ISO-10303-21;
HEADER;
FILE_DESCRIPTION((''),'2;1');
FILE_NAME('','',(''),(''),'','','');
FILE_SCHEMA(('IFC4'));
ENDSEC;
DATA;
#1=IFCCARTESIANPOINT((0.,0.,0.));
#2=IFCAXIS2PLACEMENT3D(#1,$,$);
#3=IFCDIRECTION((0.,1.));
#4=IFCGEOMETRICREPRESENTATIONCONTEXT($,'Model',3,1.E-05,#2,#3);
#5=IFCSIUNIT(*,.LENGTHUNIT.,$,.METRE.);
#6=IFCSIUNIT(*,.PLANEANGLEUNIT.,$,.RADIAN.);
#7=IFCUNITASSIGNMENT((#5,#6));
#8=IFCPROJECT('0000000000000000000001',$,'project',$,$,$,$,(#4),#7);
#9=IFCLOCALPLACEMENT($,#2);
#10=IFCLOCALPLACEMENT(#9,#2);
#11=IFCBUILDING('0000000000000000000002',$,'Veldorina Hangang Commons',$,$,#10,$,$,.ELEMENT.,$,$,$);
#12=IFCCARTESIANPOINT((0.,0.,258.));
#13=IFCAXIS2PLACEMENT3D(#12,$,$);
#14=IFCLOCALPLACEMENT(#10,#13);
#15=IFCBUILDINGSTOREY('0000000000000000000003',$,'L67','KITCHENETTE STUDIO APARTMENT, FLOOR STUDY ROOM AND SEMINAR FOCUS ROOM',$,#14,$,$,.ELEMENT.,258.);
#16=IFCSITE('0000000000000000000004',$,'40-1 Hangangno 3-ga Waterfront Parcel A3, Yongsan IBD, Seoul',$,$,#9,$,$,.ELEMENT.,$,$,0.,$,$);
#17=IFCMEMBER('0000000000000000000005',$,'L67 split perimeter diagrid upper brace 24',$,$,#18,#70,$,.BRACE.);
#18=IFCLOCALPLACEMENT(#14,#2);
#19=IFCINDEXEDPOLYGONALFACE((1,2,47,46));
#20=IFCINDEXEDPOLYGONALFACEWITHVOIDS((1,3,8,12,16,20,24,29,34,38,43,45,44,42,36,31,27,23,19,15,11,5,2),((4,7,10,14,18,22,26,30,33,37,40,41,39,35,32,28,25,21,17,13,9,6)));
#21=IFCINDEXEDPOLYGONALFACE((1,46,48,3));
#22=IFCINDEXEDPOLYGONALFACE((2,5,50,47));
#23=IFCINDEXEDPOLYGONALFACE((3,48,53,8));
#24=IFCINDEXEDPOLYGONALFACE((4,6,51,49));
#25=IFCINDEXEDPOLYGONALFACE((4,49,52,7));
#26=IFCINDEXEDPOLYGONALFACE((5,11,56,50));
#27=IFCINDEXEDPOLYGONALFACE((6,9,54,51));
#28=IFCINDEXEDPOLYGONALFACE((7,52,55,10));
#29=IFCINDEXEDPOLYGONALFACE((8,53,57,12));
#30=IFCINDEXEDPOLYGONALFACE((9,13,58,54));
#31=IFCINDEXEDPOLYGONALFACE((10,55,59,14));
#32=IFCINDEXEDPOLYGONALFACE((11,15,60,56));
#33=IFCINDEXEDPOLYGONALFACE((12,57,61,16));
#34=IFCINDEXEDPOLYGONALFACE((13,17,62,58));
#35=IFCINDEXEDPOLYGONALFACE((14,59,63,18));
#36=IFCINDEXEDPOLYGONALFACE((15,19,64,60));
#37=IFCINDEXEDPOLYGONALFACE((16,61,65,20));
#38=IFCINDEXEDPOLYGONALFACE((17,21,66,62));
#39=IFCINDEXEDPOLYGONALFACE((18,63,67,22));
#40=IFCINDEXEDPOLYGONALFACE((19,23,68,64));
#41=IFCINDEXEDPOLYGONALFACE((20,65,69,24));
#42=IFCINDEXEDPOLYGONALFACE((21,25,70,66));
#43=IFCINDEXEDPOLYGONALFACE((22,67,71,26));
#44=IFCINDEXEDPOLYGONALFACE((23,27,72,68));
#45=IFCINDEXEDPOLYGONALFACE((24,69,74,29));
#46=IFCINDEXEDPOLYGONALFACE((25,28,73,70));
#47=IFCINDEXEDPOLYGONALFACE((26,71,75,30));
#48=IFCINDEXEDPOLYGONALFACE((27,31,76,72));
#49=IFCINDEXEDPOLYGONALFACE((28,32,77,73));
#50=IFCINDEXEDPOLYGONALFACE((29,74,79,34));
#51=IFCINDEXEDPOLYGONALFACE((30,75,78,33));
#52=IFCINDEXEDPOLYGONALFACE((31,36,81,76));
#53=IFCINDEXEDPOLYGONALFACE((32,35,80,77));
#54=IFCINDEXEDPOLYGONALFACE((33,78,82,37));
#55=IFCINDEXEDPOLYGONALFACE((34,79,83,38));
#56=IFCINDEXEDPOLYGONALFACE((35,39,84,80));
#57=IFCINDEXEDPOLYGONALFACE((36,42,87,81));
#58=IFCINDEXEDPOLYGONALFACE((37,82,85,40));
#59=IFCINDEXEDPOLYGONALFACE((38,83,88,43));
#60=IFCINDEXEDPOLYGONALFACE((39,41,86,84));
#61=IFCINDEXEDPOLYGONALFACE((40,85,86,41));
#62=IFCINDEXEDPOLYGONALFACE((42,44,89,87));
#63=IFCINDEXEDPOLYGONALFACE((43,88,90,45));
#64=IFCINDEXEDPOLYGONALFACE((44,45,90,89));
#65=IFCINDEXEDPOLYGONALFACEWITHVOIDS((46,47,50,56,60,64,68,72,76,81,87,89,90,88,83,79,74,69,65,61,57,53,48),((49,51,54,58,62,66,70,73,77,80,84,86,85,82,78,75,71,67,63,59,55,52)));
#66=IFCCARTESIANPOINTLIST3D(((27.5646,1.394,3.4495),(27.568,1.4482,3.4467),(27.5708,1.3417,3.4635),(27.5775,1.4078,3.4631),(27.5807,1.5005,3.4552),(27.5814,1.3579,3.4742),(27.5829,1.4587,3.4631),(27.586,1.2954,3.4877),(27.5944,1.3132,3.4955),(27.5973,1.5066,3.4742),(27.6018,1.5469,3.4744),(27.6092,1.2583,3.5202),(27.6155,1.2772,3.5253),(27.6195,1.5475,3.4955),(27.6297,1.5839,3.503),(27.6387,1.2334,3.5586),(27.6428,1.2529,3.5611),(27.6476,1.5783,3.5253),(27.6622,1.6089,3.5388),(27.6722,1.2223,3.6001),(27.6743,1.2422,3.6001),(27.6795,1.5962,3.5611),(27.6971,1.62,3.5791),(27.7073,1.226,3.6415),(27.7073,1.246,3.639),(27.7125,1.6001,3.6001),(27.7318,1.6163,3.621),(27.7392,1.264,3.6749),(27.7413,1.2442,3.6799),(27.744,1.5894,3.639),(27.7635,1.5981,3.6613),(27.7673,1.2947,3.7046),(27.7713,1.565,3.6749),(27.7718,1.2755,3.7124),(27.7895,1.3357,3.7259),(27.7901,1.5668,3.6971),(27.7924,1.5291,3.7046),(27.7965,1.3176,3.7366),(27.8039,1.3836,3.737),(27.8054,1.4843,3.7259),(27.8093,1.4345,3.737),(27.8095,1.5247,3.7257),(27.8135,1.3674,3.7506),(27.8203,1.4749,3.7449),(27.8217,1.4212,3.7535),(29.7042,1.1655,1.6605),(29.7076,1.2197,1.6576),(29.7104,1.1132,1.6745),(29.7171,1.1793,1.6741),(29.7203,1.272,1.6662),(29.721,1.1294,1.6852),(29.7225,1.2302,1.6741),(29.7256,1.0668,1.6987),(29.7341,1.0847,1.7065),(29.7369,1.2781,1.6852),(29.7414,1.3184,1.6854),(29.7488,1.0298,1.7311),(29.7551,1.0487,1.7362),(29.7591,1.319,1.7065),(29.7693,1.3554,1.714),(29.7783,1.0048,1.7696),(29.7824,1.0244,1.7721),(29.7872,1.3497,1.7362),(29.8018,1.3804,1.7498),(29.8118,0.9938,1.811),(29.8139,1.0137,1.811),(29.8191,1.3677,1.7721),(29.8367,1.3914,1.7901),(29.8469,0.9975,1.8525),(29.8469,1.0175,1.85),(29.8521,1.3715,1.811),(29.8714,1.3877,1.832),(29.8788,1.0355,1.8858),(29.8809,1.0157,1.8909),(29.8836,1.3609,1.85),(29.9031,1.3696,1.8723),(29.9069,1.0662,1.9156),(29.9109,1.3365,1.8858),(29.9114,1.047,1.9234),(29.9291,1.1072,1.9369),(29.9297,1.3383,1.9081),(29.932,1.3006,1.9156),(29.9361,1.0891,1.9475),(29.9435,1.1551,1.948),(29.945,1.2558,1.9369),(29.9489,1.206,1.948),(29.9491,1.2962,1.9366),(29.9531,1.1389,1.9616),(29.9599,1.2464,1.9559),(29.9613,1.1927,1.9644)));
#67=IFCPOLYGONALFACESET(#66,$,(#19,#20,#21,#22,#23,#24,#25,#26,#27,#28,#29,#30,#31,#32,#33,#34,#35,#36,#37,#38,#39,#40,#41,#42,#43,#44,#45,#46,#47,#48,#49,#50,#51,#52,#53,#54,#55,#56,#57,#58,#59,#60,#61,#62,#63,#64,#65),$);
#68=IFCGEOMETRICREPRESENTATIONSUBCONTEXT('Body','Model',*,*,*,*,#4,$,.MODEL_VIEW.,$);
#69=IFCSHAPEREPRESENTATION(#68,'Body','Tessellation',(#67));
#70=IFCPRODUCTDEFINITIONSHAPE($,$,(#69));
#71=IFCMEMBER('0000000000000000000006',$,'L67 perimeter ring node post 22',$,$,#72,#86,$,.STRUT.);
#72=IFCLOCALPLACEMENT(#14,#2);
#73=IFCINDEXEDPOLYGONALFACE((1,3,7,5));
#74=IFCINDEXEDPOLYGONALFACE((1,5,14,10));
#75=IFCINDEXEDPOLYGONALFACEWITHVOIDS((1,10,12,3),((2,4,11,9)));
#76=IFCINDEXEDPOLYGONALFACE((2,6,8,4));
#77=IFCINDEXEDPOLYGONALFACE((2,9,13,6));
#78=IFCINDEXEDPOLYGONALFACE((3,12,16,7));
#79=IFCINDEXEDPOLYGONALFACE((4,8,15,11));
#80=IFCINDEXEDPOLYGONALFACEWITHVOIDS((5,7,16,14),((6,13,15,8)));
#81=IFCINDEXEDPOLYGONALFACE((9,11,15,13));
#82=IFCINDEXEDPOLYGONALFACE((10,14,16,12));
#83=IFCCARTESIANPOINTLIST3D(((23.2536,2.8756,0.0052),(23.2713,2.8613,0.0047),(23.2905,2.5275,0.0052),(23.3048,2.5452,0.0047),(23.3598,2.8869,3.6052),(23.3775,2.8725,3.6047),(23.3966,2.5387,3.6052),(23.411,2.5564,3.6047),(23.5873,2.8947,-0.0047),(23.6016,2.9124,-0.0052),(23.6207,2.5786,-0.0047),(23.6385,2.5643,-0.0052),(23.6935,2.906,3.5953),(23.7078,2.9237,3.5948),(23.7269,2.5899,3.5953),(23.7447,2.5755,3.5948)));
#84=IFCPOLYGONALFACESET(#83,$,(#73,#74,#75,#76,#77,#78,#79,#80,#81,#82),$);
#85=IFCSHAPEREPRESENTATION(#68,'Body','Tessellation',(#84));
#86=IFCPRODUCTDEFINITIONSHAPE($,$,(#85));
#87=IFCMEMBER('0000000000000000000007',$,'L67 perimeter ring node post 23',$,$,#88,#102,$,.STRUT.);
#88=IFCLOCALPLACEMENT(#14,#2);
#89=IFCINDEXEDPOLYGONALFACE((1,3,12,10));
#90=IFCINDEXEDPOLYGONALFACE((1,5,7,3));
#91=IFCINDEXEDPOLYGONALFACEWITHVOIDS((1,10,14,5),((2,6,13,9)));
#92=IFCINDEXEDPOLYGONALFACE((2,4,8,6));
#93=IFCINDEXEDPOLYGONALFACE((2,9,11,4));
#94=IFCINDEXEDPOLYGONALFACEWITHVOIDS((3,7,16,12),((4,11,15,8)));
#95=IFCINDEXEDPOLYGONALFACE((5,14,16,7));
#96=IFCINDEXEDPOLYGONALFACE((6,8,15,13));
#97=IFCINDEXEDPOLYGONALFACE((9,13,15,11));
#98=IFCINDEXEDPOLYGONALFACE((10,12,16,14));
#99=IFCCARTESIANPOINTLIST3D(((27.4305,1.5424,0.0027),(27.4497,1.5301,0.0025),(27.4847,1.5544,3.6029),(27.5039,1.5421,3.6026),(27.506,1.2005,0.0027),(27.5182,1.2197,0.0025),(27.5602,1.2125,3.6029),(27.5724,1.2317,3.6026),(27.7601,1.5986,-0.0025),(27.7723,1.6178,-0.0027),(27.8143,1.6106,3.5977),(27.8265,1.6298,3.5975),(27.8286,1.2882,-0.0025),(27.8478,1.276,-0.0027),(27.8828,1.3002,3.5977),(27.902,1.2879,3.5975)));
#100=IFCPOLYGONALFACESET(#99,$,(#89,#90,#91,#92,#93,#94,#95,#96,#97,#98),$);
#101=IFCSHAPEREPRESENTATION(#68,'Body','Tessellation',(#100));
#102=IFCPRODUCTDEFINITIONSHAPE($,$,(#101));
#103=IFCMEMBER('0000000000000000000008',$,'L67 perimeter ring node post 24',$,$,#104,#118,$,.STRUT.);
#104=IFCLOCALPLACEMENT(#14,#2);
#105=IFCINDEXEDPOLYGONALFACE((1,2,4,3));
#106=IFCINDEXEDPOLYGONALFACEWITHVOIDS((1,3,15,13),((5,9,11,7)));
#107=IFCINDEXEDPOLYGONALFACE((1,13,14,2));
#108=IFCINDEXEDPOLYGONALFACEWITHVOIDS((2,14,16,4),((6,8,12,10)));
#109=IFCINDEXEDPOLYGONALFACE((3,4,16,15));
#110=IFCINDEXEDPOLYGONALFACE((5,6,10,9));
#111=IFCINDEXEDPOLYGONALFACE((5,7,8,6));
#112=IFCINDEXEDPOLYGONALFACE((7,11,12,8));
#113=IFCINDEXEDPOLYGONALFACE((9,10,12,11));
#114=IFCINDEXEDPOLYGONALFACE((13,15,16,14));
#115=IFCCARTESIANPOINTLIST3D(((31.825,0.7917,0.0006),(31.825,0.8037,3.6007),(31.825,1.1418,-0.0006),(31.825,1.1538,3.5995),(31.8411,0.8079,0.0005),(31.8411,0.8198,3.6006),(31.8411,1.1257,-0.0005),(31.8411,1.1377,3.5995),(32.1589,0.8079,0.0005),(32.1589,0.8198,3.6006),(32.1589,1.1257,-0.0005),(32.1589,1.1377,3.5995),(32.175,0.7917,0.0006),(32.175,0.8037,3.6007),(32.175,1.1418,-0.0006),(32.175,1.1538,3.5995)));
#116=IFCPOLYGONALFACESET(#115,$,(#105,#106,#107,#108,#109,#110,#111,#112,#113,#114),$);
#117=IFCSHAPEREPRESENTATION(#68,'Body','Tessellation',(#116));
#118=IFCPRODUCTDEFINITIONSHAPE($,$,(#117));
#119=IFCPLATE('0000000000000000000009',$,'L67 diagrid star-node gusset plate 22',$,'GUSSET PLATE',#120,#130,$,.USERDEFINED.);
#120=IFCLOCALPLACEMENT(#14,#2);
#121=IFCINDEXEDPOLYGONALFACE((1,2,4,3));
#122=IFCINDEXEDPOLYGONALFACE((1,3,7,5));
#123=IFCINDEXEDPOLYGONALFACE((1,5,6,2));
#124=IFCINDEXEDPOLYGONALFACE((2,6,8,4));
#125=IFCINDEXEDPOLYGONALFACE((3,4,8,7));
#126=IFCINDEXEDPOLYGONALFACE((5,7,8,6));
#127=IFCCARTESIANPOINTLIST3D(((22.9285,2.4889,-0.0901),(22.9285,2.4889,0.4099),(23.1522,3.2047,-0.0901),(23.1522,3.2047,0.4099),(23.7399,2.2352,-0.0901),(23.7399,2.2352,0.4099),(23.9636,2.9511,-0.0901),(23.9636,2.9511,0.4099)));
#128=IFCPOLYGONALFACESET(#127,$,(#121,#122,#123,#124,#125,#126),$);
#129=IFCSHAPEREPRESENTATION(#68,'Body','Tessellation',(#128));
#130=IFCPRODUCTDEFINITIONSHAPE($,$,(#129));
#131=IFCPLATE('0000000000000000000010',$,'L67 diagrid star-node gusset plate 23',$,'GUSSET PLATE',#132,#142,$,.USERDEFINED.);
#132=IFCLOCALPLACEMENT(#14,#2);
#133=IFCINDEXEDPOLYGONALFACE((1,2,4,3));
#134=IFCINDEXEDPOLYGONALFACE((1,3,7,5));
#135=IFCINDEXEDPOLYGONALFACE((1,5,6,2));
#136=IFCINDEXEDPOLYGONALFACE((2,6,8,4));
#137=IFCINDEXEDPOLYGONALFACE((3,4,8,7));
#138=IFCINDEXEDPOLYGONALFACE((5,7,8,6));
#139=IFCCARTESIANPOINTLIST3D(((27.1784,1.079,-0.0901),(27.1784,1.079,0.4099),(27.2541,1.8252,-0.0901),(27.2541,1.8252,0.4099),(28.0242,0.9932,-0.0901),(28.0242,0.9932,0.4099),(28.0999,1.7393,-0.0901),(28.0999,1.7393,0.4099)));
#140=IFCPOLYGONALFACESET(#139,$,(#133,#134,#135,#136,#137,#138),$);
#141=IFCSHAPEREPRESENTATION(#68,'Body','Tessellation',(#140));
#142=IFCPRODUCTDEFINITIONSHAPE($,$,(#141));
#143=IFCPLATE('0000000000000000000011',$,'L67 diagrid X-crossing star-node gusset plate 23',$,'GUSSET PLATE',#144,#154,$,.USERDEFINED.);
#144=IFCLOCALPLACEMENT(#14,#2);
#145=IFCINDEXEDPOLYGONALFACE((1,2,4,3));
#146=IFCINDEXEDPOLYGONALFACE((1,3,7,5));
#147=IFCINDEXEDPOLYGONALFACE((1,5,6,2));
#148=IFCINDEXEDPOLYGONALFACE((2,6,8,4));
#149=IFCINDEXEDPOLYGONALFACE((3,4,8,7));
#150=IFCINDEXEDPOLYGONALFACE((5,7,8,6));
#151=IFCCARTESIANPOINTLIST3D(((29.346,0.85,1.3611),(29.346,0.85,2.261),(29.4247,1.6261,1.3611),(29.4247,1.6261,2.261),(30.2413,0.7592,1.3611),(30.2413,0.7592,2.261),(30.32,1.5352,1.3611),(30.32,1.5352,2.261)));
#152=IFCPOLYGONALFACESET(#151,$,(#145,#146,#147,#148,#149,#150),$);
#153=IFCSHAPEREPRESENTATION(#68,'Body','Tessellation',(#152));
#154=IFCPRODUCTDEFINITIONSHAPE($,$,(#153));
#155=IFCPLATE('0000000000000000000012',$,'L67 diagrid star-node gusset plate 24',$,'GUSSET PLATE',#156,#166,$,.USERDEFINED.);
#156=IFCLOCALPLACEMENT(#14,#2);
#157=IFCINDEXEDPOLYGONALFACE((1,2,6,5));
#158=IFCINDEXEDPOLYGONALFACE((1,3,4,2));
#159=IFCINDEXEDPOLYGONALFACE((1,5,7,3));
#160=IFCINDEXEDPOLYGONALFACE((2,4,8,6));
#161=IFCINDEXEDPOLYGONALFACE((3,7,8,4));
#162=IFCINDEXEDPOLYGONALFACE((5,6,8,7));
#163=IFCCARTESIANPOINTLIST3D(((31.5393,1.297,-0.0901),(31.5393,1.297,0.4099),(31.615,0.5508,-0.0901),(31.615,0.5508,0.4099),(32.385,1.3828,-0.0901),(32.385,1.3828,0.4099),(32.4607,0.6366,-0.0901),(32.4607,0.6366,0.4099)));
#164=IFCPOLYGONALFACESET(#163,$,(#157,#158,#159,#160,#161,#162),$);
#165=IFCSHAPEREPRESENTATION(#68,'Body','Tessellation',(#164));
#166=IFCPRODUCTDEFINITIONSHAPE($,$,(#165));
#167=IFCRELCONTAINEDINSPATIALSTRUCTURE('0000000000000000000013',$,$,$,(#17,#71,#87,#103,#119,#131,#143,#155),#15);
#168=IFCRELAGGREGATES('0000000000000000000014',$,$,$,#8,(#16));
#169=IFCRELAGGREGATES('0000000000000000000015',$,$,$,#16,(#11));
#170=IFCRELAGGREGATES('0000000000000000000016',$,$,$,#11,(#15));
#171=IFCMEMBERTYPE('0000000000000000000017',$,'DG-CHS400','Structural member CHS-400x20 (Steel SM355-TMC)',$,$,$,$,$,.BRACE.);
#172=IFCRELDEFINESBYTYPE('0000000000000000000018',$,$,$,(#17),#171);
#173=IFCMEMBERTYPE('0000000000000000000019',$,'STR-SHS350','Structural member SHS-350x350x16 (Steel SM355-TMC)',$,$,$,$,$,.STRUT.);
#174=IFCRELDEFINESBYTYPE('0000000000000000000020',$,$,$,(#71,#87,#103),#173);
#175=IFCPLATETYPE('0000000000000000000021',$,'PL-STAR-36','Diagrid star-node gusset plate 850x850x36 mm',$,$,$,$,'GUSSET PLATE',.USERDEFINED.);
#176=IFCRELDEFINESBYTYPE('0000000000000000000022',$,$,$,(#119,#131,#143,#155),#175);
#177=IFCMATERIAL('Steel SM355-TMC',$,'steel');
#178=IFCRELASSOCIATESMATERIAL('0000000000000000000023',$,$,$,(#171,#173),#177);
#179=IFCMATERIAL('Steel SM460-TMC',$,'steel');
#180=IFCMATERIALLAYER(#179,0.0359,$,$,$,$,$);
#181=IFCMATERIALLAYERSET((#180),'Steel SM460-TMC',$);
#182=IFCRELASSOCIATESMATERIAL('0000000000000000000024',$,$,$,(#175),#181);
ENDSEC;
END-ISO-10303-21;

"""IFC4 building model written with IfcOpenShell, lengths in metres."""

from ifc_helpers import new_model, si_unit, direction, frame, origin, origin_2d, place, context, subcontext, project, spatial, rectangle, hollow_rectangle, hollow_circle, extrude, material, layer, layer_set, material_profile, profile_set, type_object, element, save


model = new_model("IFC4")

# Units and contexts
model_context = context("Model", 3, precision=1e-05, world=origin(), true_north=direction((0.0, 1.0)))
body_context = subcontext(model_context, "Body", "Model", "MODEL_VIEW")
ifc_project = project(units=[si_unit("LENGTHUNIT", "METRE"), si_unit("PLANEANGLEUNIT", "RADIAN")], contexts=[model_context])

# Site, building, storey
site_placement = place(None, origin())
site = spatial("IfcSite", under=ifc_project, at=site_placement, Name="40-1 Hangangno 3-ga Waterfront Parcel A3, Yongsan IBD, Seoul", CompositionType="ELEMENT", RefElevation=0.0)
building_placement = place(site_placement, origin())
building = spatial("IfcBuilding", under=site, at=building_placement, Name="Veldorina Hangang Commons", CompositionType="ELEMENT")
storey_placement = place(building_placement, frame((0.0, 0.0, 258.0)))
storey = spatial("IfcBuildingStorey", under=building, at=storey_placement, Name="L67", Description="KITCHENETTE STUDIO APARTMENT, FLOOR STUDY ROOM AND SEMINAR FOCUS ROOM", CompositionType="ELEMENT", Elevation=258.0)

# Shared definitions
ifc_material_1 = material(Name="Steel SM355-TMC", Category="steel")

# Members
ifc_material_profile_1 = material_profile(ifc_material_1, hollow_circle(Radius=0.2, WallThickness=0.02, at=origin_2d()), Name="CHS-400x20")
ifc_profile_set_1 = profile_set([ifc_material_profile_1], Name="Steel SM355-TMC")
member_type_1 = type_object("IfcMemberType", Name="DG-CHS400", Description="Structural member CHS-400x20 (Steel SM355-TMC)", PredefinedType="BRACE", material=ifc_profile_set_1)
member_1_placement = place(storey_placement, frame((29.833, 1.1926, 1.811), z_axis=(-0.764596, 0.081659, 0.639316), x_axis=(-0.106197, -0.994345, 0.0)))
element("IfcMember", 1, at=member_1_placement, inside=storey, type_object=member_type_1, Name="L67 split perimeter diagrid upper brace 24", PredefinedType="BRACE", context=body_context, shape_type="SweptSolid", body=[
    extrude(hollow_circle(Radius=0.2, WallThickness=0.02, at=origin_2d()), origin(), (0.0, 0.0, 1.0), 2.7983),
])
ifc_material_profile_2 = material_profile(ifc_material_1, hollow_rectangle(XDim=0.3501, YDim=0.3501, WallThickness=0.0161, at=origin_2d()), Name="SHS-350x350x16")
ifc_profile_set_2 = profile_set([ifc_material_profile_2], Name="Steel SM355-TMC")
member_type_2 = type_object("IfcMemberType", Name="STR-SHS350", Description="Structural member SHS-350x350x16 (Steel SM355-TMC)", PredefinedType="STRUT", material=ifc_profile_set_2)
member_2_placement = place(storey_placement, frame((23.446, 2.72, 0.0), z_axis=(0.029487, 0.003118, 0.99956), x_axis=(-0.105161, 0.994455, 0.0)))
element("IfcMember", 2, at=member_2_placement, inside=storey, type_object=member_type_2, Name="L67 perimeter ring node post 22", PredefinedType="STRUT", context=body_context, shape_type="SweptSolid", body=[
    extrude(hollow_rectangle(XDim=0.3501, YDim=0.3501, WallThickness=0.0161, at=origin_2d()), origin(), (0.0, 0.0, 1.0), 3.6016),
])
member_3_placement = place(storey_placement, frame((27.6392, 1.4092, 0.0), z_axis=(0.015053, 0.003323, 0.999881), x_axis=(-0.215533, 0.976497, 0.0)))
element("IfcMember", 3, at=member_3_placement, inside=storey, type_object=member_type_2, Name="L67 perimeter ring node post 23", PredefinedType="STRUT", context=body_context, shape_type="SweptSolid", body=[
    extrude(hollow_rectangle(XDim=0.3501, YDim=0.3501, WallThickness=0.0161, at=origin_2d()), origin(), (0.0, 0.0, 1.0), 3.6006),
])
member_4_placement = place(storey_placement, frame((32.0, 0.9668, 0.0), z_axis=(0.0, 0.003323, 0.999994), x_axis=(-1.0, 0.0, 0.0)))
element("IfcMember", 4, at=member_4_placement, inside=storey, type_object=member_type_2, Name="L67 perimeter ring node post 24", PredefinedType="STRUT", context=body_context, shape_type="SweptSolid", body=[
    extrude(hollow_rectangle(XDim=0.3501, YDim=0.3501, WallThickness=0.0161, at=origin_2d()), origin(), (0.0, 0.0, 1.0), 3.6001),
])

# Plates
ifc_material_2 = material(Name="Steel SM460-TMC", Category="steel")
ifc_layer_1 = layer(ifc_material_2, 0.0359)
ifc_layer_set_1 = layer_set([ifc_layer_1], Name="Steel SM460-TMC")
plate_type = type_object("IfcPlateType", Name="PL-STAR-36", Description="Diagrid star-node gusset plate 850x850x36 mm", ElementType="GUSSET PLATE", PredefinedType="USERDEFINED", material=ifc_layer_set_1)
for number, where, z_axis, x_axis, name in (
    (5, (23.446, 2.72, -0.0901), (0.0, 0.0, 1.0), (0.954459, -0.298341, 0.0), "L67 diagrid star-node gusset plate 22"),
    (6, (27.6392, 1.4092, -0.0901), (0.0, 0.0, 1.0), (0.99489, -0.100969, 0.0), "L67 diagrid star-node gusset plate 23"),
):
    element("IfcPlate", number, at=place(storey_placement, frame(where, z_axis=z_axis, x_axis=x_axis)), inside=storey, type_object=plate_type, Name=name, ObjectType="GUSSET PLATE", PredefinedType="USERDEFINED", context=body_context, shape_type="SweptSolid", body=[
        extrude(rectangle(XDim=0.8501, YDim=0.75, at=origin_2d()), origin(), (0.0, 0.0, 1.0), 0.5),
    ])
plate_1_placement = place(storey_placement, frame((29.833, 1.1926, 1.3611), z_axis=(0.0, 0.0, 1.0), x_axis=(0.99489, -0.100969, 0.0)))
element("IfcPlate", 7, at=plate_1_placement, inside=storey, type_object=plate_type, Name="L67 diagrid X-crossing star-node gusset plate 23", ObjectType="GUSSET PLATE", PredefinedType="USERDEFINED", context=body_context, shape_type="SweptSolid", body=[
    extrude(rectangle(XDim=0.8999, YDim=0.78, at=origin_2d()), origin(), (0.0, 0.0, 1.0), 0.8999),
])
plate_2_placement = place(storey_placement, frame((32.0, 0.9668, -0.0901), z_axis=(0.0, 0.0, 1.0), x_axis=(0.99489, 0.100969, 0.0)))
element("IfcPlate", 8, at=plate_2_placement, inside=storey, type_object=plate_type, Name="L67 diagrid star-node gusset plate 24", ObjectType="GUSSET PLATE", PredefinedType="USERDEFINED", context=body_context, shape_type="SweptSolid", body=[
    extrude(rectangle(XDim=0.8501, YDim=0.75, at=origin_2d()), origin(), (0.0, 0.0, 1.0), 0.5),
])

save(model, "model.ifc")
